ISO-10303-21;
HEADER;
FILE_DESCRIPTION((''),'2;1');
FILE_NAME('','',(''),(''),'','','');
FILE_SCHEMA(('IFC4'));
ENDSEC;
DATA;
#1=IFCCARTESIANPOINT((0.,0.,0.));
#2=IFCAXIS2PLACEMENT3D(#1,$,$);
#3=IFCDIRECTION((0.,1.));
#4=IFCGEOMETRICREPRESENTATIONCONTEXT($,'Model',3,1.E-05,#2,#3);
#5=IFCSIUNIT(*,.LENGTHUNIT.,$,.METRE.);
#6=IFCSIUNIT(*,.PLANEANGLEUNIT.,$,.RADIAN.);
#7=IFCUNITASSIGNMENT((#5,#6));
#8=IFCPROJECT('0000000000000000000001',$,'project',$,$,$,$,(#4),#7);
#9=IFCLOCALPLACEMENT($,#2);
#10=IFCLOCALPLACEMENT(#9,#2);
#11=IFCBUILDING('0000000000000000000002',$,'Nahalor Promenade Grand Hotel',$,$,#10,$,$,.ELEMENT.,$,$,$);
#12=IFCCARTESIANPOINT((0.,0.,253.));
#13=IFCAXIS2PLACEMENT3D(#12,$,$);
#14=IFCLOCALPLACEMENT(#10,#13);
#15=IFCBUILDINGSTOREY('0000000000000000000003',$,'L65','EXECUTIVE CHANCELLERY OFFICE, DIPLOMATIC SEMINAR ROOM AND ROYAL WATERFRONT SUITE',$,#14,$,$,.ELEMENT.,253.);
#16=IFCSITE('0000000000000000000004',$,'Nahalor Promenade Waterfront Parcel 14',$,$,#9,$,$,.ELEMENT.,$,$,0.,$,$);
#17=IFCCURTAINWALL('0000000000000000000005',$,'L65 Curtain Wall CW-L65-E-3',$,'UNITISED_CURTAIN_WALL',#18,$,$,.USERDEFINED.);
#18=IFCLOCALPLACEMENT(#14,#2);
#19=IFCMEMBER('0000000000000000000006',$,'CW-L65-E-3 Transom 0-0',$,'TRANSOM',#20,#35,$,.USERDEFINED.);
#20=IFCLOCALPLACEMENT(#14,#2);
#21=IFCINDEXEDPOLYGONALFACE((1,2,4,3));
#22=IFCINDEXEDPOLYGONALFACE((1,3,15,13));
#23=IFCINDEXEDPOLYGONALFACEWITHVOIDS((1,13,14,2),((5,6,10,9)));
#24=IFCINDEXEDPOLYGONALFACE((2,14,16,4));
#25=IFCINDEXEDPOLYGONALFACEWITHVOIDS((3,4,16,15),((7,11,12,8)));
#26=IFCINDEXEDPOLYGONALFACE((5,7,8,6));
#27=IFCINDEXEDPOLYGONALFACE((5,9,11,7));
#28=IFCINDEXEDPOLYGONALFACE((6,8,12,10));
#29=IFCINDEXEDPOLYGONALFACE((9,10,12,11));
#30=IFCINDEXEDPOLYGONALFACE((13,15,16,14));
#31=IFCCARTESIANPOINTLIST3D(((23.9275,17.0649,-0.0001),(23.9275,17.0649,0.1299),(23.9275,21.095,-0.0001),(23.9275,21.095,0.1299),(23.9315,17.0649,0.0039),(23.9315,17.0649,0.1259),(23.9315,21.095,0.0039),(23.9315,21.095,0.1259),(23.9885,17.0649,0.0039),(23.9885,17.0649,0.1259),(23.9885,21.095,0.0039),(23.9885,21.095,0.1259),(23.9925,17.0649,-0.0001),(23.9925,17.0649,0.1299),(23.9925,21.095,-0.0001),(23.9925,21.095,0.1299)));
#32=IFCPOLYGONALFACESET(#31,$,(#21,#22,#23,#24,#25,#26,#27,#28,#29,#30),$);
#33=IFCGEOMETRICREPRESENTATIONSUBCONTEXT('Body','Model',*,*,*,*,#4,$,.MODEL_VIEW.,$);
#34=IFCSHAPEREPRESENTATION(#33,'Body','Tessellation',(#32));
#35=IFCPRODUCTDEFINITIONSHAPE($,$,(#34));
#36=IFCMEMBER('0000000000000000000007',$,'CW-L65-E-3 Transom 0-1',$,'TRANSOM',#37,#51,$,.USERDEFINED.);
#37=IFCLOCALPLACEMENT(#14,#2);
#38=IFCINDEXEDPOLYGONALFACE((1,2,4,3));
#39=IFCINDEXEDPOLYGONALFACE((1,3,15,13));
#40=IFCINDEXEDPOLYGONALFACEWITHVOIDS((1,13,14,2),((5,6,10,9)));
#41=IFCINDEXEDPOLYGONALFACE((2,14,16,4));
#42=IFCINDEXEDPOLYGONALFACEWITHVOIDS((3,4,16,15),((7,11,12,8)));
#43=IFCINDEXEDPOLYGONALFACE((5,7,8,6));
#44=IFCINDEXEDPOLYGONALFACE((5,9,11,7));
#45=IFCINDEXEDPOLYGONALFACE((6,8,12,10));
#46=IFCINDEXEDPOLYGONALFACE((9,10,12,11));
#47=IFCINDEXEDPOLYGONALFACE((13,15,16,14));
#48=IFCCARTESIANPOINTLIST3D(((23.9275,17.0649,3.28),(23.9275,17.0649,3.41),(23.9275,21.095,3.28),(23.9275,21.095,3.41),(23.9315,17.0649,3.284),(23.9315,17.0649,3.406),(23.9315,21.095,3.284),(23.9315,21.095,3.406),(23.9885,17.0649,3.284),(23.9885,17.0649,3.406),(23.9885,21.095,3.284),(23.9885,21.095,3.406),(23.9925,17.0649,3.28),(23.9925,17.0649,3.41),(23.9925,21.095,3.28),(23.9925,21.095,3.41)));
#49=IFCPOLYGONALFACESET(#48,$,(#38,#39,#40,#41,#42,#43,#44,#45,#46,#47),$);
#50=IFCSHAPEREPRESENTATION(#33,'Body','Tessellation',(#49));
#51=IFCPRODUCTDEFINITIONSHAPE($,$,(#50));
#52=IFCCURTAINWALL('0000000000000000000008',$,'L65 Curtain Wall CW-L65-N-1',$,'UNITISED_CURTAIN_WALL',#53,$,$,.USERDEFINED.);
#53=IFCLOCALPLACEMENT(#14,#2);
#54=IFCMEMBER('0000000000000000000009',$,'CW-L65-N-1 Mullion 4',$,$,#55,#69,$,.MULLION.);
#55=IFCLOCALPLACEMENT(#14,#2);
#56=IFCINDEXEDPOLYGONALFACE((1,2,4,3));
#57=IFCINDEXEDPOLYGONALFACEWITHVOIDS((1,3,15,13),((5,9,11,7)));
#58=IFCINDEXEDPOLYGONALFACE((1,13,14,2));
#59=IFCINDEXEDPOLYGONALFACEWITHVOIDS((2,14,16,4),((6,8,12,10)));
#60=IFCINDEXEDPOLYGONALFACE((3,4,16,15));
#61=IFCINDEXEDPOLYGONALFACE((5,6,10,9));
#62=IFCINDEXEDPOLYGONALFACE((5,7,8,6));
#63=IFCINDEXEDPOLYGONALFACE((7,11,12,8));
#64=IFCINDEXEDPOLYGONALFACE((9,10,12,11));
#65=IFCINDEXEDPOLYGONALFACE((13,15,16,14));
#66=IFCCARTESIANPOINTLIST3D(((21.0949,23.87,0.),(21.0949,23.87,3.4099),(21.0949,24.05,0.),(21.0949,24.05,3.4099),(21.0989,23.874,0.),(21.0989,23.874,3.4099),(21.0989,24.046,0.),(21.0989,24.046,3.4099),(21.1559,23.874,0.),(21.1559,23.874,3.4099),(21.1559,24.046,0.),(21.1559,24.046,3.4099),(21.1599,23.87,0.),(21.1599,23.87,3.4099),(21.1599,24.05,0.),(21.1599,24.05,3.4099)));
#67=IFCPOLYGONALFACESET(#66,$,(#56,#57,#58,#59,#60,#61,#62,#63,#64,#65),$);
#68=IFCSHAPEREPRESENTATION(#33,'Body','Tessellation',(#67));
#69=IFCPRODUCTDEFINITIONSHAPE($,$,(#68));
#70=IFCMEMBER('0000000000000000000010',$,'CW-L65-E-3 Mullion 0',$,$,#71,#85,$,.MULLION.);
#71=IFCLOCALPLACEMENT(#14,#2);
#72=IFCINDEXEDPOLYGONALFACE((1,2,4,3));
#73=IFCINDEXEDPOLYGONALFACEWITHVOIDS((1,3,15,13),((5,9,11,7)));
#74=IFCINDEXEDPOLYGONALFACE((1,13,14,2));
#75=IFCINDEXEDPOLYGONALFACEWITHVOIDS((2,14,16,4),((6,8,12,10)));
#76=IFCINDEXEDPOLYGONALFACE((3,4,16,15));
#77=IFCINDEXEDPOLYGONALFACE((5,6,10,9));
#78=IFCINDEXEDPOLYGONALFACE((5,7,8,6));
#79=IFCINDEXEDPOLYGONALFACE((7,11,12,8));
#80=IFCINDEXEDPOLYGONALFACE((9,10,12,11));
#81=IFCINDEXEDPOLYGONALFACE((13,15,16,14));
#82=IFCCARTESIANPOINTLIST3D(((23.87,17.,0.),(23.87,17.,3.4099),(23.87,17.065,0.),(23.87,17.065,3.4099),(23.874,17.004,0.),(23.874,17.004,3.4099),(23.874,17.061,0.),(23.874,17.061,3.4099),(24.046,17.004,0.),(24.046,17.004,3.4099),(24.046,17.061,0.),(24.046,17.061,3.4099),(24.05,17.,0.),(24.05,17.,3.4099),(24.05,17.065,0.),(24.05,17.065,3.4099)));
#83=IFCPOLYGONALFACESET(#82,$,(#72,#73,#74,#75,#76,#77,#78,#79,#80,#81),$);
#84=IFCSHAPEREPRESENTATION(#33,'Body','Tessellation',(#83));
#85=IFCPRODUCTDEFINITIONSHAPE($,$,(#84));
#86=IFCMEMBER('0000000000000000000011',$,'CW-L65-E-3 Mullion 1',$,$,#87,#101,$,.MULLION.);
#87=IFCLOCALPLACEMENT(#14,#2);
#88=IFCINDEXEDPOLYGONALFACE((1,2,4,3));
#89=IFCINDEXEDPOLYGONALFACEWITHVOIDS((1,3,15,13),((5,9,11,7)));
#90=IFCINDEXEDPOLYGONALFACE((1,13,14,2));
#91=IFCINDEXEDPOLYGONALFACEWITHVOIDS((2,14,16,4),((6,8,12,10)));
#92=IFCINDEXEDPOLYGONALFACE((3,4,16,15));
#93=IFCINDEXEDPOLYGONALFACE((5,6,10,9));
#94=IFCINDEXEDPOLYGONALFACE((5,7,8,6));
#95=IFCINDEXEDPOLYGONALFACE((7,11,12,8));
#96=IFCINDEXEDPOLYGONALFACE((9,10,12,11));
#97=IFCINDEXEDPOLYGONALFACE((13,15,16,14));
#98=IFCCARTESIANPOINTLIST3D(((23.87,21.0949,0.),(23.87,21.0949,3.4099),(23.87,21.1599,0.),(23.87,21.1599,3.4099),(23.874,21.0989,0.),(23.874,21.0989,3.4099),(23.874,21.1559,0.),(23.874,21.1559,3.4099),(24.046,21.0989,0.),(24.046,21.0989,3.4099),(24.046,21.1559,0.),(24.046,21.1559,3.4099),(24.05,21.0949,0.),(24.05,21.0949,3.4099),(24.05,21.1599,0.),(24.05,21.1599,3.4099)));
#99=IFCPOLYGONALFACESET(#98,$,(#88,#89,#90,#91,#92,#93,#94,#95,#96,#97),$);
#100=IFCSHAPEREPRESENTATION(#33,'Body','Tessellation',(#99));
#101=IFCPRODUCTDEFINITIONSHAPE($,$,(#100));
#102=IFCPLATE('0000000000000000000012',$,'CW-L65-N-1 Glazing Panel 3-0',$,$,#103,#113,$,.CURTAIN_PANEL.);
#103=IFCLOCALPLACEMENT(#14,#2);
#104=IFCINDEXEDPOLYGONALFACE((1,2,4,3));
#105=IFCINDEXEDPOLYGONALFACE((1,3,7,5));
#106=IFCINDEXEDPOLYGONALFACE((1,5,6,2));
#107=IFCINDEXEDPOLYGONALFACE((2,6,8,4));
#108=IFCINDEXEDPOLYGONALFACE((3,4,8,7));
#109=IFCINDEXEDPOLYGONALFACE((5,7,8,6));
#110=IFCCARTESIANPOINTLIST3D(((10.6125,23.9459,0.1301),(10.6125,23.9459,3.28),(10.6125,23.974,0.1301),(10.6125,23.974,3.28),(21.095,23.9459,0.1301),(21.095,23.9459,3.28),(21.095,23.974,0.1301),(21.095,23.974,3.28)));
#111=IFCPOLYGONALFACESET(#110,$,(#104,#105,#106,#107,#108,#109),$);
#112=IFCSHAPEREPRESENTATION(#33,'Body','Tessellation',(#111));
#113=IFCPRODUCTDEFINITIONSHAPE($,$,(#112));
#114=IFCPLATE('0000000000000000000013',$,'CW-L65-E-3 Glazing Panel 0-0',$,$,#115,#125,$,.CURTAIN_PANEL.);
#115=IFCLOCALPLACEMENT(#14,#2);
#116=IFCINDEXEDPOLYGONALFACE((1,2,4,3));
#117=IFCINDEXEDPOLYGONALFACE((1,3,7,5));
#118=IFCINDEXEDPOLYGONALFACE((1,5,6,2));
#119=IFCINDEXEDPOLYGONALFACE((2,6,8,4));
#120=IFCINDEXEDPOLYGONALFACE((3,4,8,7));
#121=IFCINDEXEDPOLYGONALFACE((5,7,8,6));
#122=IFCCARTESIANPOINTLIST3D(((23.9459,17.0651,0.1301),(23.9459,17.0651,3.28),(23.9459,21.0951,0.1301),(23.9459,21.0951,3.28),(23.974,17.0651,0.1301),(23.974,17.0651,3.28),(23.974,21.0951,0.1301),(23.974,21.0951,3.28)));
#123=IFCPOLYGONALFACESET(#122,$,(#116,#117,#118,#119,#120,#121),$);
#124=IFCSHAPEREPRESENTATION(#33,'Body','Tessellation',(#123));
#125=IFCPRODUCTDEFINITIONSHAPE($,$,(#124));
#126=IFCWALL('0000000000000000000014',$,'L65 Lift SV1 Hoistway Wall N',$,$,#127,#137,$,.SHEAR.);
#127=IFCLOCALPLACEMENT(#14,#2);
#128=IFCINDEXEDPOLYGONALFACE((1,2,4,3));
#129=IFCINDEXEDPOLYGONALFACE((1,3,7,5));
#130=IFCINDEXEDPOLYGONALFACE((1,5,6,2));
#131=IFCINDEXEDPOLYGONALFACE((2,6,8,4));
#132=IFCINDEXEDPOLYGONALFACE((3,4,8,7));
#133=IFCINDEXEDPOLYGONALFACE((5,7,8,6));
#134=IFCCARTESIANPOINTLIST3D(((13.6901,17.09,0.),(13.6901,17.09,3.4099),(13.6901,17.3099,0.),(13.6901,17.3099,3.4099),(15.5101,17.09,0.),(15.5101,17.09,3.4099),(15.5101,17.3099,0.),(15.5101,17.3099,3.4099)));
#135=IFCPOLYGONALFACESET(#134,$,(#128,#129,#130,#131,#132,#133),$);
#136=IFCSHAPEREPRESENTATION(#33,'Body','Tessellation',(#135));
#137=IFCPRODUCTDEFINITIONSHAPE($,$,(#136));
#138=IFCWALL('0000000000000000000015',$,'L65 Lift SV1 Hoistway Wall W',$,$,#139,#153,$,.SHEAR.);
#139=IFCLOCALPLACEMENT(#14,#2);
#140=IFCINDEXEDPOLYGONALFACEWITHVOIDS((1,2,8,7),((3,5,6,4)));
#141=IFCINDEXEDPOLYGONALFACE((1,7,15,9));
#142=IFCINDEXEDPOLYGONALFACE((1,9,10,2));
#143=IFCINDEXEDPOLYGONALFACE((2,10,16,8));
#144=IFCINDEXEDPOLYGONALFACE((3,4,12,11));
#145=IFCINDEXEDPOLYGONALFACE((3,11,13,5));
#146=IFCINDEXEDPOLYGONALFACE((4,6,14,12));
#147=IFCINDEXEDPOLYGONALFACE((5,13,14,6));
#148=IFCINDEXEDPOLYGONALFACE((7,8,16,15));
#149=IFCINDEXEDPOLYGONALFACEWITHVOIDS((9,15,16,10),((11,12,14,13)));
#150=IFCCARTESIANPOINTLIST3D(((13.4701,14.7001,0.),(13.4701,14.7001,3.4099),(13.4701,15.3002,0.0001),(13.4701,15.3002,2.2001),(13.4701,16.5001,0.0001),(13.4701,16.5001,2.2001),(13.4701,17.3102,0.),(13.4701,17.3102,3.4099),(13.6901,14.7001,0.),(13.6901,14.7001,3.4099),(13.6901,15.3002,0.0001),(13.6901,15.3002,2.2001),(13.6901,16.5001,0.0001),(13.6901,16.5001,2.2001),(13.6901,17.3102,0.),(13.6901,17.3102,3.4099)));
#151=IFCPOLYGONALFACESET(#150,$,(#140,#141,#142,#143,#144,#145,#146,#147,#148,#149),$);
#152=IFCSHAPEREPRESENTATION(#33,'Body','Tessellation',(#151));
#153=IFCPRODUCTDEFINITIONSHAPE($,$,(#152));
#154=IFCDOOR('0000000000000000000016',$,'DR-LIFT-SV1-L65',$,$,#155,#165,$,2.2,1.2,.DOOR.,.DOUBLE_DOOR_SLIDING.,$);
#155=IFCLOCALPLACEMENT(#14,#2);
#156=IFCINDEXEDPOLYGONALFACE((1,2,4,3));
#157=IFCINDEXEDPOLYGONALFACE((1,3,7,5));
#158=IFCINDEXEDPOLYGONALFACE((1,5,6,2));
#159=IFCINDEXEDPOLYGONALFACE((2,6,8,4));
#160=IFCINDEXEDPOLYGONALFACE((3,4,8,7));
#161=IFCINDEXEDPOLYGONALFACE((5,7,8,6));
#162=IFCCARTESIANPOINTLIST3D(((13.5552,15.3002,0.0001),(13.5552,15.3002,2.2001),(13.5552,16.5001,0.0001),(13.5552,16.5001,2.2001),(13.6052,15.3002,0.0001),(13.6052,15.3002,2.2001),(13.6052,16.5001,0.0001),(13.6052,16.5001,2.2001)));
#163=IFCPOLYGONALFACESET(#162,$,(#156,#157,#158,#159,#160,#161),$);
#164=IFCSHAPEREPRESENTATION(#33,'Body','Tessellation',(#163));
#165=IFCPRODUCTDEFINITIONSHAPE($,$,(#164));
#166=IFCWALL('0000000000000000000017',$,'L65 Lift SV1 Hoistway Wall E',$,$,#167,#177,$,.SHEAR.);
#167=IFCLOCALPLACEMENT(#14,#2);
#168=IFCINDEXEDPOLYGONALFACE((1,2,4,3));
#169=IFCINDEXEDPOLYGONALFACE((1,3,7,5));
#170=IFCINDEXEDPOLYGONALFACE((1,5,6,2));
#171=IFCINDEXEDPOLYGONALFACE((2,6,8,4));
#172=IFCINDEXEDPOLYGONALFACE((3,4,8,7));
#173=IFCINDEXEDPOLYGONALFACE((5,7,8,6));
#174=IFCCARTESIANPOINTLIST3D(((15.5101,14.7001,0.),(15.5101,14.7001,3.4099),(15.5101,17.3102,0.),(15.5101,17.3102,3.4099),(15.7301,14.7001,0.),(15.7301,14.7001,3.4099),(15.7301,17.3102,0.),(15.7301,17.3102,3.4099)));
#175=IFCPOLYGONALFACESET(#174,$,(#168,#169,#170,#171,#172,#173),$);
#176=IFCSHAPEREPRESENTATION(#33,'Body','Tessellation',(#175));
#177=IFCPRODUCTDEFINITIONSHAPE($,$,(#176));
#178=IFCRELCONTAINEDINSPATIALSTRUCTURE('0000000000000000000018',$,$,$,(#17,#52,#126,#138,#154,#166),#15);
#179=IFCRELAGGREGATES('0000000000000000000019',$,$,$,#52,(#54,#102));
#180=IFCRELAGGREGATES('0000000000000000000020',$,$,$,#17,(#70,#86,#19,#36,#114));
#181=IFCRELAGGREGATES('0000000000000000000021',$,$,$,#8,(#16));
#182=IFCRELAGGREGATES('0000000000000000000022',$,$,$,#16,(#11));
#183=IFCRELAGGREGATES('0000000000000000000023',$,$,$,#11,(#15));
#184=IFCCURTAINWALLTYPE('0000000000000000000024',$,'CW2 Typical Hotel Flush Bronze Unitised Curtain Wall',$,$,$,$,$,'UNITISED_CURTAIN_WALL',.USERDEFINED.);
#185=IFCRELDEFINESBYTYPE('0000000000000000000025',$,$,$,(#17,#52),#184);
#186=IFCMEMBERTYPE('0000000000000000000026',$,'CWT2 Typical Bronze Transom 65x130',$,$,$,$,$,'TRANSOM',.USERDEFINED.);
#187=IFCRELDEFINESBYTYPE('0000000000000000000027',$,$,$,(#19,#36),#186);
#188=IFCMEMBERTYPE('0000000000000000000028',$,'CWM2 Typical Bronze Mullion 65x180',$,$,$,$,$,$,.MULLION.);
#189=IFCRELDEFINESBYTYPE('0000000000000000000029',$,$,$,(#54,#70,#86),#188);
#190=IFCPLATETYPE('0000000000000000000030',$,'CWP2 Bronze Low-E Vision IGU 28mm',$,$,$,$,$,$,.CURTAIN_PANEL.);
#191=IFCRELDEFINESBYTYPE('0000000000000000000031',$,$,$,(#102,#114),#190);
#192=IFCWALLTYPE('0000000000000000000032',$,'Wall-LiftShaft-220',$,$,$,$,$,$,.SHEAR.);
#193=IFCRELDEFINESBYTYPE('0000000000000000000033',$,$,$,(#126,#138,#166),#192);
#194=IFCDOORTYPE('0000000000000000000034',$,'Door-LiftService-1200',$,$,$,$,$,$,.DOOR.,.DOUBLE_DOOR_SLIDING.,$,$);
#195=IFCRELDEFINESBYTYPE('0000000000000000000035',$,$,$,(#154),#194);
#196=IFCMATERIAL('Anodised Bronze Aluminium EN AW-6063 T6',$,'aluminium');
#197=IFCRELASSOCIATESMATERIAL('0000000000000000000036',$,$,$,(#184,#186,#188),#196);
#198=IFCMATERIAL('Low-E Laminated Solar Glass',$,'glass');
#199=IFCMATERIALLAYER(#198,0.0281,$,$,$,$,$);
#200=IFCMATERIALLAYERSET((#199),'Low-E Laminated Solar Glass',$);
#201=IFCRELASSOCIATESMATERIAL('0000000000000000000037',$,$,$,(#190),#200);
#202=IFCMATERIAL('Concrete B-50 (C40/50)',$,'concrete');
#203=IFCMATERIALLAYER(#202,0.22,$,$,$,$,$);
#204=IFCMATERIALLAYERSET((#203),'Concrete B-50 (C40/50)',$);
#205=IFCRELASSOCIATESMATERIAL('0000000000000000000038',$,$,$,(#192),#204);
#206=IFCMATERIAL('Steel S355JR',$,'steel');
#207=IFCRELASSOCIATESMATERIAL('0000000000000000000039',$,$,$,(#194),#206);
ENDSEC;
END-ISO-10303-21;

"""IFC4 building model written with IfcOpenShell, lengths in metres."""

from ifc_helpers import new_model, si_unit, direction, frame, frame_2d, origin, origin_2d, place, context, subcontext, project, spatial, rectangle, hollow_rectangle, extrude, source, transform, mapped, material, layer, layer_set, material_profile, profile_set, type_object, element, fill, aggregate, save


model = new_model("IFC4")

# Units and contexts
model_context = context("Model", 3, precision=1e-05, world=origin(), true_north=direction((0.0, 1.0)))
body_context = subcontext(model_context, "Body", "Model", "MODEL_VIEW")
ifc_project = project(units=[si_unit("LENGTHUNIT", "METRE"), si_unit("PLANEANGLEUNIT", "RADIAN")], contexts=[model_context])

# Site, building, storey
site_placement = place(None, origin())
site = spatial("IfcSite", under=ifc_project, at=site_placement, Name="Nahalor Promenade Waterfront Parcel 14", CompositionType="ELEMENT", RefElevation=0.0)
building_placement = place(site_placement, origin())
building = spatial("IfcBuilding", under=site, at=building_placement, Name="Nahalor Promenade Grand Hotel", CompositionType="ELEMENT")
storey_placement = place(building_placement, frame((0.0, 0.0, 253.0)))
storey = spatial("IfcBuildingStorey", under=building, at=storey_placement, Name="L65", Description="EXECUTIVE CHANCELLERY OFFICE, DIPLOMATIC SEMINAR ROOM AND ROYAL WATERFRONT SUITE", CompositionType="ELEMENT", Elevation=253.0)

# Shared definitions
ifc_material_1 = material(Name="Steel S355JR", Category="steel")

# Curtain wall, members
ifc_material_2 = material(Name="Anodised Bronze Aluminium EN AW-6063 T6", Category="aluminium")
curtain_wall_type = type_object("IfcCurtainWallType", Name="CW2 Typical Hotel Flush Bronze Unitised Curtain Wall", ElementType="UNITISED_CURTAIN_WALL", PredefinedType="USERDEFINED", material=ifc_material_2)
curtain_wall_1_placement = place(storey_placement, origin())
curtain_wall_1 = element("IfcCurtainWall", 1, at=curtain_wall_1_placement, inside=storey, type_object=curtain_wall_type, Name="L65 Curtain Wall CW-L65-E-3", ObjectType="UNITISED_CURTAIN_WALL", PredefinedType="USERDEFINED")
ifc_material_profile_1 = material_profile(ifc_material_2, hollow_rectangle(XDim=0.065, YDim=0.13, WallThickness=0.004, at=origin_2d()), Name="CWT 65x130x4")
ifc_profile_set_1 = profile_set([ifc_material_profile_1], Name="Anodised Bronze Aluminium EN AW-6063 T6")
member_type_1 = type_object("IfcMemberType", Name="CWT2 Typical Bronze Transom 65x130", ElementType="TRANSOM", PredefinedType="USERDEFINED", material=ifc_profile_set_1)
shared_shape_1 = source(origin(), body_context, "Body", "SweptSolid", [
    extrude(hollow_rectangle(XDim=0.065, YDim=0.13, WallThickness=0.004, at=origin_2d()), origin(), (0.0, 0.0, 1.0), 4.03),
])
member_1_placement = place(storey_placement, frame((23.96, 17.0649, 0.0649), z_axis=(0.0, 1.0, 0.0), x_axis=(-1.0, 0.0, 0.0)))
member_1 = element("IfcMember", 2, at=member_1_placement, type_object=member_type_1, Name="CW-L65-E-3 Transom 0-0", ObjectType="TRANSOM", PredefinedType="USERDEFINED", context=body_context, shape_type="MappedRepresentation", body=[
    mapped(shared_shape_1, transform((0.0, 0.0, 0.0), scale=1.0)),
])
member_2_placement = place(storey_placement, frame((23.96, 17.0649, 3.345), z_axis=(0.0, 1.0, 0.0), x_axis=(-1.0, 0.0, 0.0)))
member_2 = element("IfcMember", 3, at=member_2_placement, type_object=member_type_1, Name="CW-L65-E-3 Transom 0-1", ObjectType="TRANSOM", PredefinedType="USERDEFINED", context=body_context, shape_type="MappedRepresentation", body=[
    mapped(shared_shape_1, transform((0.0, 0.0, 0.0), scale=1.0)),
])

# Curtain wall, member
curtain_wall_2_placement = place(storey_placement, origin())
curtain_wall_2 = element("IfcCurtainWall", 4, at=curtain_wall_2_placement, inside=storey, type_object=curtain_wall_type, Name="L65 Curtain Wall CW-L65-N-1", ObjectType="UNITISED_CURTAIN_WALL", PredefinedType="USERDEFINED")
ifc_material_profile_2 = material_profile(ifc_material_2, hollow_rectangle(XDim=0.065, YDim=0.18, WallThickness=0.004, at=origin_2d()), Name="CWM 65x180x4")
ifc_profile_set_2 = profile_set([ifc_material_profile_2], Name="Anodised Bronze Aluminium EN AW-6063 T6")
member_type_2 = type_object("IfcMemberType", Name="CWM2 Typical Bronze Mullion 65x180", PredefinedType="MULLION", material=ifc_profile_set_2)
shared_shape_2 = source(origin(), body_context, "Body", "SweptSolid", [
    extrude(hollow_rectangle(XDim=0.065, YDim=0.18, WallThickness=0.004, at=origin_2d()), origin(), (0.0, 0.0, 1.0), 3.4099),
])
member_3_placement = place(storey_placement, frame((21.1274, 23.96, 0.0), z_axis=(0.0, 0.0, 1.0), x_axis=(1.0, 0.0, 0.0)))
member_3 = element("IfcMember", 5, at=member_3_placement, type_object=member_type_2, Name="CW-L65-N-1 Mullion 4", PredefinedType="MULLION", context=body_context, shape_type="MappedRepresentation", body=[
    mapped(shared_shape_2, transform((0.0, 0.0, 0.0), scale=1.0)),
])

# Members
member_4_placement = place(storey_placement, frame((23.96, 17.0325, 0.0), z_axis=(0.0, 0.0, 1.0), x_axis=(0.0, 1.0, 0.0)))
member_4 = element("IfcMember", 6, at=member_4_placement, type_object=member_type_2, Name="CW-L65-E-3 Mullion 0", PredefinedType="MULLION", context=body_context, shape_type="MappedRepresentation", body=[
    mapped(shared_shape_2, transform((0.0, 0.0, 0.0), scale=1.0)),
])
member_5_placement = place(storey_placement, frame((23.96, 21.1274, 0.0), z_axis=(0.0, 0.0, 1.0), x_axis=(0.0, 1.0, 0.0)))
member_5 = element("IfcMember", 7, at=member_5_placement, type_object=member_type_2, Name="CW-L65-E-3 Mullion 1", PredefinedType="MULLION", context=body_context, shape_type="MappedRepresentation", body=[
    mapped(shared_shape_2, transform((0.0, 0.0, 0.0), scale=1.0)),
])

# Plates
ifc_material_3 = material(Name="Low-E Laminated Solar Glass", Category="glass")
ifc_layer_1 = layer(ifc_material_3, 0.0281)
ifc_layer_set_1 = layer_set([ifc_layer_1], Name="Low-E Laminated Solar Glass")
plate_type = type_object("IfcPlateType", Name="CWP2 Bronze Low-E Vision IGU 28mm", PredefinedType="CURTAIN_PANEL", material=ifc_layer_set_1)
shared_shape_3 = source(origin(), body_context, "Body", "SweptSolid", [
    extrude(rectangle(XDim=10.4824, YDim=0.0281, at=origin_2d()), origin(), (0.0, 0.0, 1.0), 3.1499),
])
plate_1_placement = place(storey_placement, frame((15.8538, 23.96, 0.1301), z_axis=(0.0, 0.0, 1.0), x_axis=(1.0, 0.0, 0.0)))
plate_1 = element("IfcPlate", 8, at=plate_1_placement, type_object=plate_type, Name="CW-L65-N-1 Glazing Panel 3-0", PredefinedType="CURTAIN_PANEL", context=body_context, shape_type="MappedRepresentation", body=[
    mapped(shared_shape_3, transform((0.0, 0.0, 0.0), scale=1.0)),
])
aggregate(curtain_wall_2, [member_3, plate_1])
shared_shape_4 = source(origin(), body_context, "Body", "SweptSolid", [
    extrude(rectangle(XDim=4.03, YDim=0.0281, at=origin_2d()), origin(), (0.0, 0.0, 1.0), 3.1499),
])
plate_2_placement = place(storey_placement, frame((23.96, 19.0801, 0.1301), z_axis=(0.0, 0.0, 1.0), x_axis=(0.0, 1.0, 0.0)))
plate_2 = element("IfcPlate", 9, at=plate_2_placement, type_object=plate_type, Name="CW-L65-E-3 Glazing Panel 0-0", PredefinedType="CURTAIN_PANEL", context=body_context, shape_type="MappedRepresentation", body=[
    mapped(shared_shape_4, transform((0.0, 0.0, 0.0), scale=1.0)),
])
aggregate(curtain_wall_1, [member_4, member_5, member_1, member_2, plate_2])

# Wall
ifc_material_4 = material(Name="Concrete B-50 (C40/50)", Category="concrete")
ifc_layer_2 = layer(ifc_material_4, 0.22)
ifc_layer_set_2 = layer_set([ifc_layer_2], Name="Concrete B-50 (C40/50)")
wall_type_1 = type_object("IfcWallType", Name="Wall-LiftShaft-220", PredefinedType="SHEAR", material=ifc_layer_set_2)
shared_shape_5 = source(origin(), body_context, "Body", "SweptSolid", [
    extrude(rectangle(XDim=1.8201, YDim=0.22, at=frame_2d((0.9102, 0.0))), origin(), (0.0, 0.0, 1.0), 3.4099),
])
wall_1_placement = place(storey_placement, frame((13.6899, 17.2, 0.0), z_axis=(0.0, 0.0, 1.0), x_axis=(1.0, 0.0, 0.0)))
element("IfcWall", 10, at=wall_1_placement, inside=storey, type_object=wall_type_1, Name="L65 Lift SV1 Hoistway Wall N", PredefinedType="SHEAR", context=body_context, shape_type="MappedRepresentation", body=[
    mapped(shared_shape_5, transform((0.0, 0.0, 0.0), scale=1.0)),
])

# Wall, opening, door
shared_shape_6 = source(origin(), body_context, "Body", "SweptSolid", [
    extrude(rectangle(XDim=2.6101, YDim=0.22, at=frame_2d((1.3052, 0.0))), origin(), (0.0, 0.0, 1.0), 3.4099),
])
wall_2_placement = place(storey_placement, frame((13.5801, 14.7, 0.0), z_axis=(0.0, 0.0, 1.0), x_axis=(0.0, 1.0, 0.0)))
wall_2 = element("IfcWall", 11, at=wall_2_placement, inside=storey, type_object=wall_type_1, Name="L65 Lift SV1 Hoistway Wall W", PredefinedType="SHEAR", context=body_context, shape_type="MappedRepresentation", body=[
    mapped(shared_shape_6, transform((0.0, 0.0, 0.0), scale=1.0)),
])
opening_placement = place(wall_2_placement, frame((0.6001, 0.0, 0.0)))
opening = element("IfcOpeningElement", 12, at=opening_placement, cuts=wall_2, PredefinedType="OPENING", context=body_context, shape_type="SweptSolid", body=[
    extrude(rectangle(XDim=1.2, YDim=2.2, at=frame_2d((0.6001, 1.1001))), frame((0.0, 0.1199, 0.0), z_axis=(0.0, -1.0, 0.0), x_axis=(1.0, 0.0, 0.0)), (0.0, 0.0, 1.0), 0.24),
])
door_type = type_object("IfcDoorType", Name="Door-LiftService-1200", OperationType="DOUBLE_DOOR_SLIDING", PredefinedType="DOOR", material=ifc_material_1)
shared_shape_7 = source(origin(), body_context, "Body", "SweptSolid", [
    extrude(rectangle(XDim=1.2, YDim=2.2, at=frame_2d((0.6001, 1.1001))), frame((0.0, 0.0249, 0.0), z_axis=(0.0, -1.0, 0.0), x_axis=(1.0, 0.0, 0.0)), (0.0, 0.0, 1.0), 0.05),
])
door_placement = place(opening_placement, origin())
door = element("IfcDoor", 13, at=door_placement, inside=storey, type_object=door_type, Name="DR-LIFT-SV1-L65", OperationType="DOUBLE_DOOR_SLIDING", OverallHeight=2.2, OverallWidth=1.2, PredefinedType="DOOR", context=body_context, shape_type="MappedRepresentation", body=[
    mapped(shared_shape_7, transform((0.0, 0.0, 0.0), scale=1.0)),
])
fill(opening, door)

# Wall
wall_3_placement = place(storey_placement, frame((15.6201, 14.7, 0.0), z_axis=(0.0, 0.0, 1.0), x_axis=(0.0, 1.0, 0.0)))
element("IfcWall", 14, at=wall_3_placement, inside=storey, type_object=wall_type_1, Name="L65 Lift SV1 Hoistway Wall E", PredefinedType="SHEAR", context=body_context, shape_type="MappedRepresentation", body=[
    mapped(shared_shape_6, transform((0.0, 0.0, 0.0), scale=1.0)),
])

save(model, "model.ifc")
